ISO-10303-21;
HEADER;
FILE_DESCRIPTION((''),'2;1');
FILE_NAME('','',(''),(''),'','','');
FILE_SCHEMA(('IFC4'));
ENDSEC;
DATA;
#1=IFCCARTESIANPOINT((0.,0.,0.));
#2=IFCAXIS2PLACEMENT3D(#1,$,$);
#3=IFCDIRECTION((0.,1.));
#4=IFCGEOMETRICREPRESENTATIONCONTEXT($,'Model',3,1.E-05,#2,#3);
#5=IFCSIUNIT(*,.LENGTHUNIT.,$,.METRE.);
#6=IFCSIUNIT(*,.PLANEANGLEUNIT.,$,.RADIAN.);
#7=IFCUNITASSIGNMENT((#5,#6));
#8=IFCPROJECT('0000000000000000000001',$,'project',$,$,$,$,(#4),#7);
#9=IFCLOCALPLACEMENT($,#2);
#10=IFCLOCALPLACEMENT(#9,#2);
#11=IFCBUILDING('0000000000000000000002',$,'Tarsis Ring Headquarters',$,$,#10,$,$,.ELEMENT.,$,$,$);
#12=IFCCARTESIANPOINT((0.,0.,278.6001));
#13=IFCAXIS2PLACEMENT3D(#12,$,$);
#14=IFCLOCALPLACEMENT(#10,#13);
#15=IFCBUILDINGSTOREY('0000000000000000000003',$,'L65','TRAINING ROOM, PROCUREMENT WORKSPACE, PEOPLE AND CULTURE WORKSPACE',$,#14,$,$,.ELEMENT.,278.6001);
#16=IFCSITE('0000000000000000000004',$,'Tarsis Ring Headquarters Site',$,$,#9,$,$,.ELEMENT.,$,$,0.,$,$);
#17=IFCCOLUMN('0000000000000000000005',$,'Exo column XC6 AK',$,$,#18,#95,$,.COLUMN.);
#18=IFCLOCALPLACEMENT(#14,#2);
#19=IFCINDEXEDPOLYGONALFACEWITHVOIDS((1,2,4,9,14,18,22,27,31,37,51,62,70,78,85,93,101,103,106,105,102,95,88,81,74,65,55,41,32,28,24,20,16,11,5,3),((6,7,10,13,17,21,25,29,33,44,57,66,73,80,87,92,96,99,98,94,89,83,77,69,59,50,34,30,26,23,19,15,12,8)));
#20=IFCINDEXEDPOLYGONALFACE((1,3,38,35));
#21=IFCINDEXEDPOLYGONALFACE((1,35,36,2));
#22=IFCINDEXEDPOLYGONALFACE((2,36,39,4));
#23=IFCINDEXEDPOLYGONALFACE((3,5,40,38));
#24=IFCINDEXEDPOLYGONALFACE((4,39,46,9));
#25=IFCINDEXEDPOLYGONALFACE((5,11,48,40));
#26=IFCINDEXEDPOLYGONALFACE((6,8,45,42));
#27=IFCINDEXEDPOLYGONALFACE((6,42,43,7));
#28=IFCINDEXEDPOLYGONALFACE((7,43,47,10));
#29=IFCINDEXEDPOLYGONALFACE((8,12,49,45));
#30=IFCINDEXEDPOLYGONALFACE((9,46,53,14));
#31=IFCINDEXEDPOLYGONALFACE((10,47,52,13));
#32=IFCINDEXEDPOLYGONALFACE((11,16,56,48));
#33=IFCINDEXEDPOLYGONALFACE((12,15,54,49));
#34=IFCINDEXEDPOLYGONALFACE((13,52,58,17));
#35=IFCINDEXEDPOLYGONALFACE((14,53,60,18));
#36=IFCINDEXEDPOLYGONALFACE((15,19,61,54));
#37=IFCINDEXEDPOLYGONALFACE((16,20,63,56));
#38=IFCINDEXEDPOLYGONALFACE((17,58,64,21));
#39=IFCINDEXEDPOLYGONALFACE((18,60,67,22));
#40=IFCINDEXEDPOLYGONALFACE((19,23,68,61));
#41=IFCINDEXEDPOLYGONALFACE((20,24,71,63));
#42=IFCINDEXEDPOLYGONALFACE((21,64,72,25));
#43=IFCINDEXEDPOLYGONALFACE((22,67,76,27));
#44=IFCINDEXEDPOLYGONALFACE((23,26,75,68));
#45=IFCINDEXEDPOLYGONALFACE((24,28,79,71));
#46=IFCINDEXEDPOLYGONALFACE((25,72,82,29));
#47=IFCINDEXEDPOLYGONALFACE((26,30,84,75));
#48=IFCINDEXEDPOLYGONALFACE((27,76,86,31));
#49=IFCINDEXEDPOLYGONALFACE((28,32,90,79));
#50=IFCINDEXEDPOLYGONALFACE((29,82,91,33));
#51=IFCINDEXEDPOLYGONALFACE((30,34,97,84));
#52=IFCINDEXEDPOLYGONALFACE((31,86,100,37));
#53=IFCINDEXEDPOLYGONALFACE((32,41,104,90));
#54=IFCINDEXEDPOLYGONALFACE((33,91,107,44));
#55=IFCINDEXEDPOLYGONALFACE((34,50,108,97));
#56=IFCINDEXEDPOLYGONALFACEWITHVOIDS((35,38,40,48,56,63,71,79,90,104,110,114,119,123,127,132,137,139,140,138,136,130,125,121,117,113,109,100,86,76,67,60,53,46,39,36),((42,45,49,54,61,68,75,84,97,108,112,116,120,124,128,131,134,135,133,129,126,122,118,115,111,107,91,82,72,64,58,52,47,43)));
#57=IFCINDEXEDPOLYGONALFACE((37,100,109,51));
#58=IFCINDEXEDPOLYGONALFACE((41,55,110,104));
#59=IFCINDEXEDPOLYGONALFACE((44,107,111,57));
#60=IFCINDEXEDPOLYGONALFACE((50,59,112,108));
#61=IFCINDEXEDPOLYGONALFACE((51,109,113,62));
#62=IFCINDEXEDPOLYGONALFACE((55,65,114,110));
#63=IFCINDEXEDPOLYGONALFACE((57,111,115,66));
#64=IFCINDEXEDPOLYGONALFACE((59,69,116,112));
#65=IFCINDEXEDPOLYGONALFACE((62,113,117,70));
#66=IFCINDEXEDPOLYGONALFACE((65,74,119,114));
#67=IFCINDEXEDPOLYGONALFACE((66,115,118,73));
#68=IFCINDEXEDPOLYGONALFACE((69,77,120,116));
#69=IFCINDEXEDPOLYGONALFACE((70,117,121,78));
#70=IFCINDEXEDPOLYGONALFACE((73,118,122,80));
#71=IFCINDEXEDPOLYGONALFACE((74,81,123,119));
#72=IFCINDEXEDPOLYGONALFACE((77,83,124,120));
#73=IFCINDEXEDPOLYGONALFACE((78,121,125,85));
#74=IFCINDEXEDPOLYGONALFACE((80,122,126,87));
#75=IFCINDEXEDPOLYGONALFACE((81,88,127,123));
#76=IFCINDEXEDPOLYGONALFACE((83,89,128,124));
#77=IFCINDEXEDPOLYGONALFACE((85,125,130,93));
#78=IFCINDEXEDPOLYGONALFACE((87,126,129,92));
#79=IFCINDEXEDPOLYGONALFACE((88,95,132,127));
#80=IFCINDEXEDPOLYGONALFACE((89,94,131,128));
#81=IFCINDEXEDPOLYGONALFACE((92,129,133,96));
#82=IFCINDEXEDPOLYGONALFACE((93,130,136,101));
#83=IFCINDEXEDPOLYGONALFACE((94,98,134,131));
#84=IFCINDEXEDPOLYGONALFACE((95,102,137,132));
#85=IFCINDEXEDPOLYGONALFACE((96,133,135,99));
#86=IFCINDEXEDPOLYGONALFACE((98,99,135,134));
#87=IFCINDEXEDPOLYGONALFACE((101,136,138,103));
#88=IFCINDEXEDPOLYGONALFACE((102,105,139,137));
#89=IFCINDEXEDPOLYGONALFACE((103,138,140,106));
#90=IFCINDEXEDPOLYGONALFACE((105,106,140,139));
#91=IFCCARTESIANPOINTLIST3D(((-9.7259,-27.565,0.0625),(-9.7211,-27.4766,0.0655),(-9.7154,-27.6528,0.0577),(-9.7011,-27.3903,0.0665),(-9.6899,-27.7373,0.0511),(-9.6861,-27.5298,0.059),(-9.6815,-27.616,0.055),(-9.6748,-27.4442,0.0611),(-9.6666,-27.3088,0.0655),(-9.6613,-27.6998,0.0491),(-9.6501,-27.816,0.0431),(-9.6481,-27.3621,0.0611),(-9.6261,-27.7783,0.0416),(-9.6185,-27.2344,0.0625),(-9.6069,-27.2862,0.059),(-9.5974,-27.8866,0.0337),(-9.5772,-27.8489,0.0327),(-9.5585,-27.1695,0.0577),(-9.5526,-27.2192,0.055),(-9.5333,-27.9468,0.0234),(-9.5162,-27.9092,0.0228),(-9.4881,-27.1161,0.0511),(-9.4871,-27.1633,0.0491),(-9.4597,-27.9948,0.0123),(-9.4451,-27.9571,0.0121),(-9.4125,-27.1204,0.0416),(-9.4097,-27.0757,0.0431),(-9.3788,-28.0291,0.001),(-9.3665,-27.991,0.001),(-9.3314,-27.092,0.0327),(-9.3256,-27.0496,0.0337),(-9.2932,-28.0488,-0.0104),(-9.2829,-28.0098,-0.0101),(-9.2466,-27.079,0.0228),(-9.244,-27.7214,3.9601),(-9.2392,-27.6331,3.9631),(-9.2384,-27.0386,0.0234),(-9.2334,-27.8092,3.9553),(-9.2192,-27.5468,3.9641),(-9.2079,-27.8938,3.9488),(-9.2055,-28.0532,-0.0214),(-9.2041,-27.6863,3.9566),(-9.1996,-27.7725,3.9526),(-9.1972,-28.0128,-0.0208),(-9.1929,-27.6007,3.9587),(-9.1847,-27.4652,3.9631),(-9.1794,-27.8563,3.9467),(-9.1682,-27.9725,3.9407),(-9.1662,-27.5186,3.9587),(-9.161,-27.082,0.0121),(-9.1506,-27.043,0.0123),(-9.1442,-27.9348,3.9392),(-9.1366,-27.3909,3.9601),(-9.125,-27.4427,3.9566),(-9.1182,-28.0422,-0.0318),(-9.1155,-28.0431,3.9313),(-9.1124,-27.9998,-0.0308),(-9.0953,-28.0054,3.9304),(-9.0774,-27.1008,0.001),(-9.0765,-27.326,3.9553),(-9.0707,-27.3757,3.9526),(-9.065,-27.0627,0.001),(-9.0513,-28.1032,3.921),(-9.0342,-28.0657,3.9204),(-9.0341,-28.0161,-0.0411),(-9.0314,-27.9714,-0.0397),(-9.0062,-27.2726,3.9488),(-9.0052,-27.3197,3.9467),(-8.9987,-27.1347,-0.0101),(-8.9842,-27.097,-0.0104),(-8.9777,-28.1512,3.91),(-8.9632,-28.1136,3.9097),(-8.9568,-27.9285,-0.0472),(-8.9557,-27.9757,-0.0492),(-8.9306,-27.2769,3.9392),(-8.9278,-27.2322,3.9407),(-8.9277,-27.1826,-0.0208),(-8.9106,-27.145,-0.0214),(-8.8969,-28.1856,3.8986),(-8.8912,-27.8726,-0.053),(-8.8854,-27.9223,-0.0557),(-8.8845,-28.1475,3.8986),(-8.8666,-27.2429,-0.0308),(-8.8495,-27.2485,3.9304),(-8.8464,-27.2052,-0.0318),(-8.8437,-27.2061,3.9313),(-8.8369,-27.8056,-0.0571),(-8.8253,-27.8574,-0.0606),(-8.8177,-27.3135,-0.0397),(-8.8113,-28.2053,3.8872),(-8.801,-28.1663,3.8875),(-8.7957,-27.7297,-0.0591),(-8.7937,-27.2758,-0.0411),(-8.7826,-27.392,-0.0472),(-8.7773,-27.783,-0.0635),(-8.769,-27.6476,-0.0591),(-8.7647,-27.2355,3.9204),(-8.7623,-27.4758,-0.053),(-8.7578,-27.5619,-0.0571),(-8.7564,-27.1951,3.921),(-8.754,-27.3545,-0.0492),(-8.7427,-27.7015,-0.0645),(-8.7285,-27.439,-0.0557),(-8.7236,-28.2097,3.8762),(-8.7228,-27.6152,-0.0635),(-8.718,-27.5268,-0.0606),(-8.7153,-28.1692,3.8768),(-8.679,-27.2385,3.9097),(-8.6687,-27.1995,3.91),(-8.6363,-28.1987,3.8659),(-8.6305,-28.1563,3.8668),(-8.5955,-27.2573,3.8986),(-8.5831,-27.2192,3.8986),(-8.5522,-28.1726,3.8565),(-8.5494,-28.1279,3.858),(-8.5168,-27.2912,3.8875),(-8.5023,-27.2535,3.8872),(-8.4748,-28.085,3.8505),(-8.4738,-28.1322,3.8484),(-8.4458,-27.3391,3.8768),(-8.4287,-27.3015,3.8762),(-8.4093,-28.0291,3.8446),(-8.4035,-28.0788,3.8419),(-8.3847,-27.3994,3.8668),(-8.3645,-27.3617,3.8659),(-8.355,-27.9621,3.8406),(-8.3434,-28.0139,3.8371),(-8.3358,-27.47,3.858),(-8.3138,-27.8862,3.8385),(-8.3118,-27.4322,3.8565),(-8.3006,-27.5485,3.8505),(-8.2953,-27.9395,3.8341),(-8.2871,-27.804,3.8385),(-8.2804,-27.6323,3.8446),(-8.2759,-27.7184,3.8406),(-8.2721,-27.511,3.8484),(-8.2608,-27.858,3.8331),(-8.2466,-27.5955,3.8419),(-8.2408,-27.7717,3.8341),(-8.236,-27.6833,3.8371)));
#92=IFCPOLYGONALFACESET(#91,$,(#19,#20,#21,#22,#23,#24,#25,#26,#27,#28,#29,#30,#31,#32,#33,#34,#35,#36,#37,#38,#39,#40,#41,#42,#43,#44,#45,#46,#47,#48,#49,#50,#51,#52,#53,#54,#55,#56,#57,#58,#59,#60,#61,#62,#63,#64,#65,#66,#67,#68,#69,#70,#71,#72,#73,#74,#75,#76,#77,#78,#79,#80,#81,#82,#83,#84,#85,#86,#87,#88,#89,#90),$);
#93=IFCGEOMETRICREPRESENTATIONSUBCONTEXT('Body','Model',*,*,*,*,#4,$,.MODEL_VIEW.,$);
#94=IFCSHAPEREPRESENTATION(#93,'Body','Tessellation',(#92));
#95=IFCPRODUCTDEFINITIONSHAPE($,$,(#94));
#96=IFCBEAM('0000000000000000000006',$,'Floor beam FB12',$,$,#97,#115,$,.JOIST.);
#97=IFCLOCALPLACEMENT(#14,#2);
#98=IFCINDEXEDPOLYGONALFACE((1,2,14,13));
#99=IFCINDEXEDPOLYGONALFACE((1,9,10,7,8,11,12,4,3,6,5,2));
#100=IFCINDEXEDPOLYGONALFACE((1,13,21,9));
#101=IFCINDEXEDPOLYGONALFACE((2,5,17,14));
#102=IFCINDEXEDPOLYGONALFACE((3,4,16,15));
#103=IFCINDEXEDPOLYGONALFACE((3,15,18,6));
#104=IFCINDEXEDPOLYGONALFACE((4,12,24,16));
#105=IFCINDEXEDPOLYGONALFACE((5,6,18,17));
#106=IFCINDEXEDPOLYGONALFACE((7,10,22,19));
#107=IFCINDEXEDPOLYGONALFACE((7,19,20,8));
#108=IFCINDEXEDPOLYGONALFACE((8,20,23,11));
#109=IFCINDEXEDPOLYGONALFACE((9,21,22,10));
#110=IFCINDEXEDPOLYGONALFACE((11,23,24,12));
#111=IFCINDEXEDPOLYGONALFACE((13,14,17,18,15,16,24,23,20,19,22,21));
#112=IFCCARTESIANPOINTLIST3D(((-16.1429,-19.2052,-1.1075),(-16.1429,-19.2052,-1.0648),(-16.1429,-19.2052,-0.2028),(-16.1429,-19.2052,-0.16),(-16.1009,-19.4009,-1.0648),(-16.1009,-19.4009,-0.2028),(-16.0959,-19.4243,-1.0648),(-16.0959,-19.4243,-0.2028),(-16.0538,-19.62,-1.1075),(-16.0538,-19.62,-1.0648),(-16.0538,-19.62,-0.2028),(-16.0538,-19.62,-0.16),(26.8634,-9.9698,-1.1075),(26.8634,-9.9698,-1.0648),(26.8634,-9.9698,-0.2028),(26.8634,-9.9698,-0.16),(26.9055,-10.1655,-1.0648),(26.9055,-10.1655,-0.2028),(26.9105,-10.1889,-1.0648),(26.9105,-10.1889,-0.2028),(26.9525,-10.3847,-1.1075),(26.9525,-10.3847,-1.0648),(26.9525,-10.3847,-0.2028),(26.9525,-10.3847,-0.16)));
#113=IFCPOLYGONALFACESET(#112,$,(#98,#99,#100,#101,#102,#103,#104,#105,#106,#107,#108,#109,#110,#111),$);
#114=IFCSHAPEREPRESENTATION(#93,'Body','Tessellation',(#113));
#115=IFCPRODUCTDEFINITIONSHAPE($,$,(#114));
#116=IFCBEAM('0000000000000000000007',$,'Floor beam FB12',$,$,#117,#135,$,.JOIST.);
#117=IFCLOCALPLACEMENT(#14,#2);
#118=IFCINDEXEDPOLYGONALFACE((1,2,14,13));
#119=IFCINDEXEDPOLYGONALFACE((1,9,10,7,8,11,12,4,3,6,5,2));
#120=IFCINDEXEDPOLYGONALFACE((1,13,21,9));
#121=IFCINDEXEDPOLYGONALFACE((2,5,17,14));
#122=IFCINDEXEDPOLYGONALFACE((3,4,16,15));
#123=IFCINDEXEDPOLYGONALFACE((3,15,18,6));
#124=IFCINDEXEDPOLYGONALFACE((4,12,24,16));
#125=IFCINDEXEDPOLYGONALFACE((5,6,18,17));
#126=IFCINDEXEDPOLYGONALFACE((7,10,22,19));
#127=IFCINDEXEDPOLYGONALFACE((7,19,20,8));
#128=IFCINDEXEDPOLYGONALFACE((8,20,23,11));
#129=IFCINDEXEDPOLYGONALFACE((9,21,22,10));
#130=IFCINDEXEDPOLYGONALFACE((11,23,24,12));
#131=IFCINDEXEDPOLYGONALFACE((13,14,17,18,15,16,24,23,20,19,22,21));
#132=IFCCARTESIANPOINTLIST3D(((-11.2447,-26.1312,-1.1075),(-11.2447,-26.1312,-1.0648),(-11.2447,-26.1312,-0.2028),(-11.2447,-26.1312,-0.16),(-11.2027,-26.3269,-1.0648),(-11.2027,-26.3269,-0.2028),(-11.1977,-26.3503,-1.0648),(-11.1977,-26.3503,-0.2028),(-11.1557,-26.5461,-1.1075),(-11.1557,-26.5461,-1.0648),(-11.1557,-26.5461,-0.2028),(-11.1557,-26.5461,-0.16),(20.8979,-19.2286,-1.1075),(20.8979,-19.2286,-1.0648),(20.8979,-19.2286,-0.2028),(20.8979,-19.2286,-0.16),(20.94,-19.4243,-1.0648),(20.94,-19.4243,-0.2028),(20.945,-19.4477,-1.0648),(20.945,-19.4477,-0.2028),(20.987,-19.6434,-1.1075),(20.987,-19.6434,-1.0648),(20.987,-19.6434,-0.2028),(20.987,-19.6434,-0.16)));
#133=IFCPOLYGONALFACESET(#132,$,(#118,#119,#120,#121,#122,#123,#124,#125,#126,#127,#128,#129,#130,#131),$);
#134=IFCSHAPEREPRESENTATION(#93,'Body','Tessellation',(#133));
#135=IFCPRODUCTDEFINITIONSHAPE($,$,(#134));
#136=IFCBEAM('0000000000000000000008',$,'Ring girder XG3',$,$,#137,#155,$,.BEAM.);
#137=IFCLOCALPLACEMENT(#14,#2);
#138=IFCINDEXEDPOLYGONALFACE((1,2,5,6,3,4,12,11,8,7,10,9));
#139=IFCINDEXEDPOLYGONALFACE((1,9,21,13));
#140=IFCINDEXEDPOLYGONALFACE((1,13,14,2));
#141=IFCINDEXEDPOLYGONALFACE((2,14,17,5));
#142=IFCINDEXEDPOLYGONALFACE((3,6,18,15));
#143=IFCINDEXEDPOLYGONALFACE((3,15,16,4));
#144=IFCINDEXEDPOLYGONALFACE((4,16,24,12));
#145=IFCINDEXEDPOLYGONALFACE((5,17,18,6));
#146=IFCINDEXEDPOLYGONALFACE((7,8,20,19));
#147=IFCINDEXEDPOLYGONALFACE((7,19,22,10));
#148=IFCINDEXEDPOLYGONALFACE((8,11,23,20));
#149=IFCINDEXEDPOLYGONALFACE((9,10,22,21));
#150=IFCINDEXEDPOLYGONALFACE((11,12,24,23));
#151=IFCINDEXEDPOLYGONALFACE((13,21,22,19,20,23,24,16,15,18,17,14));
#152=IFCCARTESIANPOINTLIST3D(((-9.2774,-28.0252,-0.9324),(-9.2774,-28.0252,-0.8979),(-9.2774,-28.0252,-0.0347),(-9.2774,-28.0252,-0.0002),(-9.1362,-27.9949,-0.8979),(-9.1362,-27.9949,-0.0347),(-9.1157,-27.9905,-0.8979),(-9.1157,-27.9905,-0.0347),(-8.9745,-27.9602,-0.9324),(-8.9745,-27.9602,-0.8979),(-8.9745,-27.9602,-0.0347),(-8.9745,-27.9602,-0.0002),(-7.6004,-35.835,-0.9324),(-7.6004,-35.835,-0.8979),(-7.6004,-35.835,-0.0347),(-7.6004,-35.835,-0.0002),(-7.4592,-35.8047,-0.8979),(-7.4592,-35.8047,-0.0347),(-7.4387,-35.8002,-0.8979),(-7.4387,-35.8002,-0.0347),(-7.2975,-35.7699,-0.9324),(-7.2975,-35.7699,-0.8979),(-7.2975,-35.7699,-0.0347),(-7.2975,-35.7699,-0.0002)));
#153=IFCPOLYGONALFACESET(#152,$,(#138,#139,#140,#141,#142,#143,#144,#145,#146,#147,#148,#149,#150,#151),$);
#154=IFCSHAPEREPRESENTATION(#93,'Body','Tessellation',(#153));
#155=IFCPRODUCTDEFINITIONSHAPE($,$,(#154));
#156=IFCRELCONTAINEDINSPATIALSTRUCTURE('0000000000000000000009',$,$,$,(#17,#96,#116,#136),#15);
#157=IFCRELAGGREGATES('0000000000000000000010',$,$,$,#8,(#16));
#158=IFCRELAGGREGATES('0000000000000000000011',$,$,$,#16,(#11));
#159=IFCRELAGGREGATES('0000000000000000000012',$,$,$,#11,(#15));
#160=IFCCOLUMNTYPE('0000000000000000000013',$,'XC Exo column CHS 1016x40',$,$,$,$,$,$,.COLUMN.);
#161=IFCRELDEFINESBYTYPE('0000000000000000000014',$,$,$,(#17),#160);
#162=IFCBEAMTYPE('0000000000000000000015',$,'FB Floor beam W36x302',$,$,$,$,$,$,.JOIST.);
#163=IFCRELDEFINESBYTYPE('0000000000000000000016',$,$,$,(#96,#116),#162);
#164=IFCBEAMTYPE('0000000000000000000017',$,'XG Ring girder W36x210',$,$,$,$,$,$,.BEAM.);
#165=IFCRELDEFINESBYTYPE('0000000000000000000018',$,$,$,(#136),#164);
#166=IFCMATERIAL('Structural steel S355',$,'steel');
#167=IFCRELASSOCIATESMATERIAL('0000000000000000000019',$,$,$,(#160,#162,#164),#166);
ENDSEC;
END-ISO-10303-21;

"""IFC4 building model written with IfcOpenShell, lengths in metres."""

from ifc_helpers import new_model, si_unit, direction, frame, origin, origin_2d, place, context, subcontext, project, spatial, hollow_circle, i_section, extrude, material, material_profile, profile_set, type_object, element, save


model = new_model("IFC4")

# Units and contexts
model_context = context("Model", 3, precision=1e-05, world=origin(), true_north=direction((0.0, 1.0)))
body_context = subcontext(model_context, "Body", "Model", "MODEL_VIEW")
ifc_project = project(units=[si_unit("LENGTHUNIT", "METRE"), si_unit("PLANEANGLEUNIT", "RADIAN")], contexts=[model_context])

# Site, building, storey
site_placement = place(None, origin())
site = spatial("IfcSite", under=ifc_project, at=site_placement, Name="Tarsis Ring Headquarters Site", CompositionType="ELEMENT", RefElevation=0.0)
building_placement = place(site_placement, origin())
building = spatial("IfcBuilding", under=site, at=building_placement, Name="Tarsis Ring Headquarters", CompositionType="ELEMENT")
storey_placement = place(building_placement, frame((0.0, 0.0, 278.6001)))
storey = spatial("IfcBuildingStorey", under=building, at=storey_placement, Name="L65", Description="TRAINING ROOM, PROCUREMENT WORKSPACE, PEOPLE AND CULTURE WORKSPACE", CompositionType="ELEMENT", Elevation=278.6001)

# Column
ifc_material_1 = material(Name="Structural steel S355", Category="steel")
ifc_material_profile_1 = material_profile(ifc_material_1, hollow_circle(Radius=0.5081, WallThickness=0.04, at=origin_2d()), Name="CHS 1016x40")
ifc_profile_set_1 = profile_set([ifc_material_profile_1], Name="Structural steel S355")
column_type = type_object("IfcColumnType", Name="XC Exo column CHS 1016x40", PredefinedType="COLUMN", material=ifc_profile_set_1)
column_placement = place(storey_placement, frame((-9.2219, -27.5459, 0.001), z_axis=(0.122614, -0.039815, 0.991655), x_axis=(0.308846, 0.951112, 0.0)))
element("IfcColumn", 1, at=column_placement, inside=storey, type_object=column_type, Name="Exo column XC6 AK", PredefinedType="COLUMN", context=body_context, shape_type="SweptSolid", body=[
    extrude(hollow_circle(Radius=0.5081, WallThickness=0.04, at=origin_2d()), origin(), (0.0, 0.0, 1.0), 3.9304),
])

# Beams
ifc_material_profile_2 = material_profile(ifc_material_1, i_section(OverallWidth=0.4243, OverallDepth=0.9475, WebThickness=0.0239, FlangeThickness=0.0427, at=origin_2d()), Name="W36x302")
ifc_profile_set_2 = profile_set([ifc_material_profile_2], Name="Structural steel S355")
beam_type_1 = type_object("IfcBeamType", Name="FB Floor beam W36x302", PredefinedType="JOIST", material=ifc_profile_set_2)
beam_1_placement = place(storey_placement, frame((-16.0984, -19.4126, -0.6338), z_axis=(0.977711, 0.209957, 0.0), x_axis=(-0.209957, 0.977711, 0.0)))
element("IfcBeam", 2, at=beam_1_placement, inside=storey, type_object=beam_type_1, Name="Floor beam FB12", PredefinedType="JOIST", context=body_context, shape_type="SweptSolid", body=[
    extrude(i_section(OverallWidth=0.4243, OverallDepth=0.9475, WebThickness=0.0239, FlangeThickness=0.0427, at=origin_2d()), origin(), (0.0, 0.0, 1.0), 43.9868),
])
beam_2_placement = place(storey_placement, frame((-11.2002, -26.3386, -0.6338), z_axis=(0.97771, 0.209962, 0.0), x_axis=(-0.209962, 0.97771, 0.0)))
element("IfcBeam", 3, at=beam_2_placement, inside=storey, type_object=beam_type_1, Name="Floor beam FB12", PredefinedType="JOIST", context=body_context, shape_type="SweptSolid", body=[
    extrude(i_section(OverallWidth=0.4243, OverallDepth=0.9475, WebThickness=0.0239, FlangeThickness=0.0427, at=origin_2d()), origin(), (0.0, 0.0, 1.0), 32.8755),
])
ifc_material_profile_3 = material_profile(ifc_material_1, i_section(OverallWidth=0.3098, OverallDepth=0.9321, WebThickness=0.021, FlangeThickness=0.0344, at=origin_2d()), Name="W36x210")
ifc_profile_set_3 = profile_set([ifc_material_profile_3], Name="Structural steel S355")
beam_type_2 = type_object("IfcBeamType", Name="XG Ring girder W36x210", PredefinedType="BEAM", material=ifc_profile_set_3)
beam_3_placement = place(storey_placement, frame((-9.126, -27.9927, -0.4663), z_axis=(0.209944, -0.977713, 0.0), x_axis=(0.977713, 0.209944, 0.0)))
element("IfcBeam", 4, at=beam_3_placement, inside=storey, type_object=beam_type_2, Name="Ring girder XG3", PredefinedType="BEAM", context=body_context, shape_type="SweptSolid", body=[
    extrude(i_section(OverallWidth=0.3098, OverallDepth=0.9321, WebThickness=0.021, FlangeThickness=0.0344, at=origin_2d()), origin(), (0.0, 0.0, 1.0), 7.9878),
])

save(model, "model.ifc")
